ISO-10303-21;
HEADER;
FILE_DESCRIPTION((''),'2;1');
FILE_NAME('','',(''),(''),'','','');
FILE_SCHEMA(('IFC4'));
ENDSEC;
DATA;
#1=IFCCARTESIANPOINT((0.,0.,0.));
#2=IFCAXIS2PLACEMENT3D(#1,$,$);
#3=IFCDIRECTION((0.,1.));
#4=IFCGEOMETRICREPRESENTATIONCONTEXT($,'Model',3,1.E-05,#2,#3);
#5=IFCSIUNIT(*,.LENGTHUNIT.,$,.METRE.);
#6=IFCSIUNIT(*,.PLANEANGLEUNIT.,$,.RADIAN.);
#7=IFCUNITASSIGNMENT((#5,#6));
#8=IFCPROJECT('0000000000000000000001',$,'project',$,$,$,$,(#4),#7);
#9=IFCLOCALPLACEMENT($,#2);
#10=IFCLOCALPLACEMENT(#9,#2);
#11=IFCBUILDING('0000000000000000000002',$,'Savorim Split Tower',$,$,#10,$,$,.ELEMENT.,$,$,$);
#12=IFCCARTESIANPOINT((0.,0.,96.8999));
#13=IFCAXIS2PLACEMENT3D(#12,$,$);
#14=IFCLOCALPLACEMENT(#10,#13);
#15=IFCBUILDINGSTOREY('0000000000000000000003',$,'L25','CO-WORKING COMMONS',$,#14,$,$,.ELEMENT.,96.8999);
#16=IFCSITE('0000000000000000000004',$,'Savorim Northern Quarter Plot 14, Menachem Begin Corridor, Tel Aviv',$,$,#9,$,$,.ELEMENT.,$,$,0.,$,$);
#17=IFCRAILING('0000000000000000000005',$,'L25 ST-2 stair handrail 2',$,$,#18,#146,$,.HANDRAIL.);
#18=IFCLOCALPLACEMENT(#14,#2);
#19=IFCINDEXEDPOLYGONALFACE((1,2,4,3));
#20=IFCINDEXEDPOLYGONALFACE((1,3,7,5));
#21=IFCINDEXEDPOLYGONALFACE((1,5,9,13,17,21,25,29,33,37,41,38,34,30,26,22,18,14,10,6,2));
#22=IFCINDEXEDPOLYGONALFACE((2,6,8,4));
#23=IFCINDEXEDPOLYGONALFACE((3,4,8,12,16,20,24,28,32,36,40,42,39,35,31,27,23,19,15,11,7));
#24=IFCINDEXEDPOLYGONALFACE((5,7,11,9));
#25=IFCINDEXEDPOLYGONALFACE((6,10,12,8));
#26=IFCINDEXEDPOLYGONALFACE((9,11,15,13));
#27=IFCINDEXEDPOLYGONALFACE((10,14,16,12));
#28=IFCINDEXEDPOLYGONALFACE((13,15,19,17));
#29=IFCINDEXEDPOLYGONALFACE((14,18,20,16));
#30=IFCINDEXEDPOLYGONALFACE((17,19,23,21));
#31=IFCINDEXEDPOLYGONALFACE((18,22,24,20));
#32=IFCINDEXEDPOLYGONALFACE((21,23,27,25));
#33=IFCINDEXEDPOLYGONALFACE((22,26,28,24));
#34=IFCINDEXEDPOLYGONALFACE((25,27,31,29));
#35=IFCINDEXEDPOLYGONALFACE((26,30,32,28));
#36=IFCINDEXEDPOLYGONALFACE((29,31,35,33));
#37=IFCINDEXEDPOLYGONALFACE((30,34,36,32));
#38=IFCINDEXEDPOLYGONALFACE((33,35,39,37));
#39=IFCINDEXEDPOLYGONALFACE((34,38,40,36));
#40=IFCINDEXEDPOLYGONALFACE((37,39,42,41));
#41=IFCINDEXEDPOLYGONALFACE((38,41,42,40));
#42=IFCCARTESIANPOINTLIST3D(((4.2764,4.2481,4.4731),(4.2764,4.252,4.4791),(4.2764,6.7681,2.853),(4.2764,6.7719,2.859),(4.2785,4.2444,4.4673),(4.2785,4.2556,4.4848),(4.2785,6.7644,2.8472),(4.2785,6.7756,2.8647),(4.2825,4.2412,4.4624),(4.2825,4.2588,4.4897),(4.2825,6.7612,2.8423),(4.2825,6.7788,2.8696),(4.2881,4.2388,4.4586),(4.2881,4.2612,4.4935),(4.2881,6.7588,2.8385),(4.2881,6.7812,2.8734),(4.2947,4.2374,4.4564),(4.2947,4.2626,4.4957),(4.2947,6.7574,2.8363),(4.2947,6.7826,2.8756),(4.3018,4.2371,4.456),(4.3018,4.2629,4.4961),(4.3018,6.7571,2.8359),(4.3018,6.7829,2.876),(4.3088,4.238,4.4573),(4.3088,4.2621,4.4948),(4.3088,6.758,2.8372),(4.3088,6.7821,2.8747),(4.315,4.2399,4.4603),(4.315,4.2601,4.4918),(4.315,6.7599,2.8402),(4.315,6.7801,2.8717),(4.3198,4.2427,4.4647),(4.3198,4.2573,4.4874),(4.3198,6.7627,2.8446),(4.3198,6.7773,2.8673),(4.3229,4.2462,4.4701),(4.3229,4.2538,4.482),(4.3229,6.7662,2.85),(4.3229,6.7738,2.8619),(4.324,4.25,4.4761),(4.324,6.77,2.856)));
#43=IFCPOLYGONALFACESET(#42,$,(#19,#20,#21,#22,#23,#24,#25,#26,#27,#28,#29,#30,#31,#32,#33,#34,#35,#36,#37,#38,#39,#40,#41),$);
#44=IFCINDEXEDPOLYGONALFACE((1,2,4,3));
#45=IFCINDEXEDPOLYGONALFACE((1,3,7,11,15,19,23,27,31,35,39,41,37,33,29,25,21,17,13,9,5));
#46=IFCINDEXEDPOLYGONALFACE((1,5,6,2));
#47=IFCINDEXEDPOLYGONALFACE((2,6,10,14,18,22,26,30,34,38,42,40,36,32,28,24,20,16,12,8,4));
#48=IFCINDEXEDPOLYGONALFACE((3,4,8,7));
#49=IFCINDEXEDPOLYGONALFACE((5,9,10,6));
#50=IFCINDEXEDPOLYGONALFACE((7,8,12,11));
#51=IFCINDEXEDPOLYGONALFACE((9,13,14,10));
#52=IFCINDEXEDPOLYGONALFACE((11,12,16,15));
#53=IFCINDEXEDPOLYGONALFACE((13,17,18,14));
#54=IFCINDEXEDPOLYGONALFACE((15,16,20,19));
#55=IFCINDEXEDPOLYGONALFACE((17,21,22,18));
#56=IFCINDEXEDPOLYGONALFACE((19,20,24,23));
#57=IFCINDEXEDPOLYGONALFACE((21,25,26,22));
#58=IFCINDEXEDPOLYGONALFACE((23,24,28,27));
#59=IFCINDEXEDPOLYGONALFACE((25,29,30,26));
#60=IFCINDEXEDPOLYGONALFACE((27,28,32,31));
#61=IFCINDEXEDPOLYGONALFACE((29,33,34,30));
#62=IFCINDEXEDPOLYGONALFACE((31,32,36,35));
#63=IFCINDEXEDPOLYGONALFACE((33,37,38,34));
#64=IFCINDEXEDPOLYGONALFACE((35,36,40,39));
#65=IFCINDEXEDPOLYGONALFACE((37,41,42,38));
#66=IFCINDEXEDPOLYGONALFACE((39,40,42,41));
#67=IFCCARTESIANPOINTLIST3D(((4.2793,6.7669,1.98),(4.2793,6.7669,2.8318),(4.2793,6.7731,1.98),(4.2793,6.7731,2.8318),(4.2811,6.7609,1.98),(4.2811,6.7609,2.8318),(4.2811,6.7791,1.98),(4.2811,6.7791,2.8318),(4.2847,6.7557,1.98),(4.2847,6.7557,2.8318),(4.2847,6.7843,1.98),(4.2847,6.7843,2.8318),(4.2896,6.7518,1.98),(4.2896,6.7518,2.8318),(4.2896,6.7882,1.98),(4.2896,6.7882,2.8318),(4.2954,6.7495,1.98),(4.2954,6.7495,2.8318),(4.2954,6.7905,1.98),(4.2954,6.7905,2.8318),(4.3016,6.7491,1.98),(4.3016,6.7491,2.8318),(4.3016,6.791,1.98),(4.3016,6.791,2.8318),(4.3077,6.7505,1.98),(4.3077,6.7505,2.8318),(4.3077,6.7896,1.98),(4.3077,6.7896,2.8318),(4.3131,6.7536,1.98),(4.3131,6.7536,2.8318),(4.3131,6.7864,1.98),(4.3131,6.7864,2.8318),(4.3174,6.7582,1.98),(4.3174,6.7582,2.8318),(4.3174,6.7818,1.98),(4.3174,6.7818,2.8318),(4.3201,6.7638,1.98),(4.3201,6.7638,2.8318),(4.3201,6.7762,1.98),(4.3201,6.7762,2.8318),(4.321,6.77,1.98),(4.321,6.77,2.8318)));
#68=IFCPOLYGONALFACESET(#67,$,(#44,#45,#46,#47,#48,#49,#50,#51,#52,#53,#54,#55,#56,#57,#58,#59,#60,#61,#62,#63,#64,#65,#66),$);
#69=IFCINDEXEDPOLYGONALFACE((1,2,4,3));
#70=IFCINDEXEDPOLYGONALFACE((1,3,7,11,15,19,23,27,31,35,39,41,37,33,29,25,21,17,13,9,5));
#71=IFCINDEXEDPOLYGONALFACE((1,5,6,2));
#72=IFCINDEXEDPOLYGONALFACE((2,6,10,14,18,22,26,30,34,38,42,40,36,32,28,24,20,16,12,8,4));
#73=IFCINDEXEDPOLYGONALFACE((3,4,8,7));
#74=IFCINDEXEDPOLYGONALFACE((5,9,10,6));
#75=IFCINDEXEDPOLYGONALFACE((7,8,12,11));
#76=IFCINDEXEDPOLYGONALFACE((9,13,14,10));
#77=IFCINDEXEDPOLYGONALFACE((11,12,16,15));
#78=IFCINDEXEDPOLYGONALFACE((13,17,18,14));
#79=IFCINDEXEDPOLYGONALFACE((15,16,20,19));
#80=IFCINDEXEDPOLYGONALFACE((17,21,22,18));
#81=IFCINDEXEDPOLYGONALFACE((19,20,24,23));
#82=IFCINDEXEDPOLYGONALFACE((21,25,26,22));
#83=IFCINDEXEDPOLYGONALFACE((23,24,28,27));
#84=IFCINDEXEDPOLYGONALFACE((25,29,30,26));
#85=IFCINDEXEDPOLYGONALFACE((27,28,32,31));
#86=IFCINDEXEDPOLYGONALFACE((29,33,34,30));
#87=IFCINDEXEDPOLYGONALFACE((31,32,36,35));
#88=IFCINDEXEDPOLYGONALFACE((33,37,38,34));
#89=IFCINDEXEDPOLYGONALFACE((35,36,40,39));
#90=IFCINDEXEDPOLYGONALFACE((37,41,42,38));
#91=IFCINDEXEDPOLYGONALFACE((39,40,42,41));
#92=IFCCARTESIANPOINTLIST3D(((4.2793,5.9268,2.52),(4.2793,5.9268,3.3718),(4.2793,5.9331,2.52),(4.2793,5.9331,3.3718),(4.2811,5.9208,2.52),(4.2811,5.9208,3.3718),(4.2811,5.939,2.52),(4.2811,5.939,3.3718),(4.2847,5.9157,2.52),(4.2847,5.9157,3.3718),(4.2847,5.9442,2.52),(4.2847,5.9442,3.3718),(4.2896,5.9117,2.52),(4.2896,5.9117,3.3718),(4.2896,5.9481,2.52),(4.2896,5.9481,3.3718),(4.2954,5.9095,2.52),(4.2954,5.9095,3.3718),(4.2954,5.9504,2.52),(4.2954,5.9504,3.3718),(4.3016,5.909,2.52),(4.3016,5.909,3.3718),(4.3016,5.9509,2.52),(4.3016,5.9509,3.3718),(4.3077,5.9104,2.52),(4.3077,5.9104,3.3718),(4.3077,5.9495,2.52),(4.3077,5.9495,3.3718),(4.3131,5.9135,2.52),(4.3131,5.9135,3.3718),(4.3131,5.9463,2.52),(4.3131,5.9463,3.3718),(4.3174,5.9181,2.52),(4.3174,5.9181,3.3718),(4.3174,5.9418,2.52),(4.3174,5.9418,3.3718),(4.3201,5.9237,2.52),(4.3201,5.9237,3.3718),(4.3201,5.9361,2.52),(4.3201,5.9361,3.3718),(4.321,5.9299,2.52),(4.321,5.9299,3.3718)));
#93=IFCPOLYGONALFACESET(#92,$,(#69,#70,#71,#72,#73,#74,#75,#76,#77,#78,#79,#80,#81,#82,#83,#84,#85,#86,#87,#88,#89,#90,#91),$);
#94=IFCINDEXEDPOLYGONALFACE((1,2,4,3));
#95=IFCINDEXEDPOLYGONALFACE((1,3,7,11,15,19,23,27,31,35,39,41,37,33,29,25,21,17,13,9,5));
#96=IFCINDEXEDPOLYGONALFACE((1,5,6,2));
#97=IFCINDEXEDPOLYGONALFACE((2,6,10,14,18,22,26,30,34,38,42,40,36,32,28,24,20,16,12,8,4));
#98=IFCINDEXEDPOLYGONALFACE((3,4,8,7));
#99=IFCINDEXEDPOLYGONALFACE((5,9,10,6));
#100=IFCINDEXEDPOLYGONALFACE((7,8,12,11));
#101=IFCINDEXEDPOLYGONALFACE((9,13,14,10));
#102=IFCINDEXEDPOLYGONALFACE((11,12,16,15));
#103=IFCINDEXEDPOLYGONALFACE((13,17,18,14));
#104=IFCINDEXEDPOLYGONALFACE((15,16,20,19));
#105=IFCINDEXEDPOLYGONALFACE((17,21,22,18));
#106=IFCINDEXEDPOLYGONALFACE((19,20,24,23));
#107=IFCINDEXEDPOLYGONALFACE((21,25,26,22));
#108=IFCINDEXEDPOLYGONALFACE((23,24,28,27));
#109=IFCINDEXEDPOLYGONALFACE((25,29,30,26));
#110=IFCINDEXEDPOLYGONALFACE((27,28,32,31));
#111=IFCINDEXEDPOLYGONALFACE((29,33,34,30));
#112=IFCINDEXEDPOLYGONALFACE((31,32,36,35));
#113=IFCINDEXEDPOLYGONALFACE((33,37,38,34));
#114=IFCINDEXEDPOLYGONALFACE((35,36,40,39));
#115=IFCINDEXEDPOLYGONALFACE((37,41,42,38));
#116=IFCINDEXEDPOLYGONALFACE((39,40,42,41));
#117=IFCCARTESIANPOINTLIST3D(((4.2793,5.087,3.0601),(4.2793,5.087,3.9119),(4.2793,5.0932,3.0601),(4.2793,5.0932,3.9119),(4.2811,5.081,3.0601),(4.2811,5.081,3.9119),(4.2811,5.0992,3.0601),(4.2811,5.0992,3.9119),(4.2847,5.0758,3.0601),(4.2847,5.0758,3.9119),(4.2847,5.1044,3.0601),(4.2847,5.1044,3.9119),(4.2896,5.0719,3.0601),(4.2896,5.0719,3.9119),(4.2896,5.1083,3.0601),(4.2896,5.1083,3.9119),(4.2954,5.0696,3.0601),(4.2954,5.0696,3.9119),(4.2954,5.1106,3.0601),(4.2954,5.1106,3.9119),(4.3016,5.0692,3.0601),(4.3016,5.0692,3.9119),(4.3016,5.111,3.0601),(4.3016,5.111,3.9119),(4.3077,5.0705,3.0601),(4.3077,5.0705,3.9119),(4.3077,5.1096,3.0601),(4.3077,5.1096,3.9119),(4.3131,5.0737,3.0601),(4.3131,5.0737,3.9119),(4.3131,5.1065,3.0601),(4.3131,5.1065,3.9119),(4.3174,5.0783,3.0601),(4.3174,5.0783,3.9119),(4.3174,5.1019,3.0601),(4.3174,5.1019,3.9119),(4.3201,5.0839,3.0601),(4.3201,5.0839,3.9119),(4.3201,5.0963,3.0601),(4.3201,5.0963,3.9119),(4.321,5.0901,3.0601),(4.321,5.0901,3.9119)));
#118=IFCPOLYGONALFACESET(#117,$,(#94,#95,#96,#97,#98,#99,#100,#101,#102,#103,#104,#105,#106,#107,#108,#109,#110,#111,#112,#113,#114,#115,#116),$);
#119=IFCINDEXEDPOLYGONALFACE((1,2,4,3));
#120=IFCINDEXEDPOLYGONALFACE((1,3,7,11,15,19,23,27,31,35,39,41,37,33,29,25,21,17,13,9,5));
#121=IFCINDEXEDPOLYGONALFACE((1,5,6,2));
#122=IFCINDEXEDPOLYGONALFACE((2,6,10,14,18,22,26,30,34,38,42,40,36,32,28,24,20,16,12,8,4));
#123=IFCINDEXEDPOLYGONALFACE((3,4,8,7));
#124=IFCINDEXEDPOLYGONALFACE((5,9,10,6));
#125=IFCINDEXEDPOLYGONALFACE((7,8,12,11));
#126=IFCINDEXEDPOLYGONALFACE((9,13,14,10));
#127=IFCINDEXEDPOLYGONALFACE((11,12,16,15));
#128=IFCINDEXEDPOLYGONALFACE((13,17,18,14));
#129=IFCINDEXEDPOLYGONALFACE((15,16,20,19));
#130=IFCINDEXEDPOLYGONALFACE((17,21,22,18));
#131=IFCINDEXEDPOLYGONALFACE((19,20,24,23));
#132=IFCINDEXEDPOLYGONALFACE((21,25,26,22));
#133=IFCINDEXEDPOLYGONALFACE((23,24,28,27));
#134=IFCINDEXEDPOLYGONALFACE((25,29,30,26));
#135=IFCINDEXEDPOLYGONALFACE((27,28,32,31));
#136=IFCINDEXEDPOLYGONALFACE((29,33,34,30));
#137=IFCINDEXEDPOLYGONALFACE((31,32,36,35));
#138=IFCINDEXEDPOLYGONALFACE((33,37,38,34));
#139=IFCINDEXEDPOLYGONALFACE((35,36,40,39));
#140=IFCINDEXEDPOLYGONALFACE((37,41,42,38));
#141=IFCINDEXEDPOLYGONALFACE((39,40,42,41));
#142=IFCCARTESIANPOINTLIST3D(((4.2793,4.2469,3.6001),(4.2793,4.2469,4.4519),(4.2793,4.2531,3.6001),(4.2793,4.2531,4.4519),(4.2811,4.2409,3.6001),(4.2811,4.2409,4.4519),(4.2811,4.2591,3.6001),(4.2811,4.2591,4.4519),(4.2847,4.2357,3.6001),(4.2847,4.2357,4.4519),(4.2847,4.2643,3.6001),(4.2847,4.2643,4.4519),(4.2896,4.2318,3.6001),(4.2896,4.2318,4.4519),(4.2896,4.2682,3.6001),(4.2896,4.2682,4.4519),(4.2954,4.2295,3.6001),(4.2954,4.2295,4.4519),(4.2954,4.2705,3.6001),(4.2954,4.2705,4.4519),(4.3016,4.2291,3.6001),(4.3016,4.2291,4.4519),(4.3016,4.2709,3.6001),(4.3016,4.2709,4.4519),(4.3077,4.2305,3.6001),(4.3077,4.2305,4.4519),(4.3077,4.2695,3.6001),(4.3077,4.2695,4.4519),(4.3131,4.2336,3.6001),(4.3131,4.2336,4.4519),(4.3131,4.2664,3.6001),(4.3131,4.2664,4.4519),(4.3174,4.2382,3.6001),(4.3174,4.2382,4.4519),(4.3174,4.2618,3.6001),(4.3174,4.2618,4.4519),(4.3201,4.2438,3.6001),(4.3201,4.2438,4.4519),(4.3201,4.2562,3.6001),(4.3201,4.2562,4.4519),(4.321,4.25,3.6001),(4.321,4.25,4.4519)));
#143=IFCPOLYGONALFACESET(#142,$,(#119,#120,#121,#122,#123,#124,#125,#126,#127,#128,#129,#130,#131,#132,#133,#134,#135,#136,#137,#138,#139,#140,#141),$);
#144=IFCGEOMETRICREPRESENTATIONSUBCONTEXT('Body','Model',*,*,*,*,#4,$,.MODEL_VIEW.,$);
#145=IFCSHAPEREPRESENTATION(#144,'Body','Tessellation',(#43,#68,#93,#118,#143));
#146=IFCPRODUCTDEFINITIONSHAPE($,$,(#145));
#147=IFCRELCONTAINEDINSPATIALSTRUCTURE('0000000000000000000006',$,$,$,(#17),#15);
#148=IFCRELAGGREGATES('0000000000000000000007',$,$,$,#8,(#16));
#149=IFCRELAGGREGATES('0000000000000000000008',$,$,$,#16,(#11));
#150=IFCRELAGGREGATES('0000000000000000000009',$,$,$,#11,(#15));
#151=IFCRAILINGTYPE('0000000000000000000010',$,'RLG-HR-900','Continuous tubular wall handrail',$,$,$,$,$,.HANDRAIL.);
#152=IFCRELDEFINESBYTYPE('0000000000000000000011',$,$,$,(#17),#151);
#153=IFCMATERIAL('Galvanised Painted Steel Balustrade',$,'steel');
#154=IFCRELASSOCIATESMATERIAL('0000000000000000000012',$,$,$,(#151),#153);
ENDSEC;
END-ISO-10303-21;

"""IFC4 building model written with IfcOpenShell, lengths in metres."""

from ifc_helpers import new_model, si_unit, direction, frame, origin, origin_2d, place, context, subcontext, project, spatial, circle, extrude, material, type_object, element, save


model = new_model("IFC4")

# Units and contexts
model_context = context("Model", 3, precision=1e-05, world=origin(), true_north=direction((0.0, 1.0)))
body_context = subcontext(model_context, "Body", "Model", "MODEL_VIEW")
ifc_project = project(units=[si_unit("LENGTHUNIT", "METRE"), si_unit("PLANEANGLEUNIT", "RADIAN")], contexts=[model_context])

# Site, building, storey
site_placement = place(None, origin())
site = spatial("IfcSite", under=ifc_project, at=site_placement, Name="Savorim Northern Quarter Plot 14, Menachem Begin Corridor, Tel Aviv", CompositionType="ELEMENT", RefElevation=0.0)
building_placement = place(site_placement, origin())
building = spatial("IfcBuilding", under=site, at=building_placement, Name="Savorim Split Tower", CompositionType="ELEMENT")
storey_placement = place(building_placement, frame((0.0, 0.0, 96.8999)))
storey = spatial("IfcBuildingStorey", under=building, at=storey_placement, Name="L25", Description="CO-WORKING COMMONS", CompositionType="ELEMENT", Elevation=96.8999)

# Railing
ifc_material_1 = material(Name="Galvanised Painted Steel Balustrade", Category="steel")
railing_type_1 = type_object("IfcRailingType", Name="RLG-HR-900", Description="Continuous tubular wall handrail", PredefinedType="HANDRAIL", material=ifc_material_1)
railing_1_placement = place(storey_placement, frame((4.3, 6.77, 1.98)))
element("IfcRailing", 1, at=railing_1_placement, inside=storey, type_object=railing_type_1, Name="L25 ST-2 stair handrail 2", PredefinedType="HANDRAIL", context=body_context, shape_type="SweptSolid", body=[
    extrude(circle(Radius=0.0239, at=origin_2d()), frame((0.0, 0.0, 0.876), z_axis=(0.0, -0.841163, 0.540782), x_axis=(1.0, 0.0, 0.0)), (0.0, 0.0, 1.0), 2.9958),
    extrude(circle(Radius=0.021, at=origin_2d()), origin(), (0.0, 0.0, 1.0), 0.8518),
    extrude(circle(Radius=0.021, at=origin_2d()), frame((0.0, -0.8401, 0.54)), (0.0, 0.0, 1.0), 0.8518),
    extrude(circle(Radius=0.021, at=origin_2d()), frame((0.0, -1.6799, 1.0801)), (0.0, 0.0, 1.0), 0.8518),
    extrude(circle(Radius=0.021, at=origin_2d()), frame((0.0, -2.52, 1.6201)), (0.0, 0.0, 1.0), 0.8518),
])

save(model, "model.ifc")
